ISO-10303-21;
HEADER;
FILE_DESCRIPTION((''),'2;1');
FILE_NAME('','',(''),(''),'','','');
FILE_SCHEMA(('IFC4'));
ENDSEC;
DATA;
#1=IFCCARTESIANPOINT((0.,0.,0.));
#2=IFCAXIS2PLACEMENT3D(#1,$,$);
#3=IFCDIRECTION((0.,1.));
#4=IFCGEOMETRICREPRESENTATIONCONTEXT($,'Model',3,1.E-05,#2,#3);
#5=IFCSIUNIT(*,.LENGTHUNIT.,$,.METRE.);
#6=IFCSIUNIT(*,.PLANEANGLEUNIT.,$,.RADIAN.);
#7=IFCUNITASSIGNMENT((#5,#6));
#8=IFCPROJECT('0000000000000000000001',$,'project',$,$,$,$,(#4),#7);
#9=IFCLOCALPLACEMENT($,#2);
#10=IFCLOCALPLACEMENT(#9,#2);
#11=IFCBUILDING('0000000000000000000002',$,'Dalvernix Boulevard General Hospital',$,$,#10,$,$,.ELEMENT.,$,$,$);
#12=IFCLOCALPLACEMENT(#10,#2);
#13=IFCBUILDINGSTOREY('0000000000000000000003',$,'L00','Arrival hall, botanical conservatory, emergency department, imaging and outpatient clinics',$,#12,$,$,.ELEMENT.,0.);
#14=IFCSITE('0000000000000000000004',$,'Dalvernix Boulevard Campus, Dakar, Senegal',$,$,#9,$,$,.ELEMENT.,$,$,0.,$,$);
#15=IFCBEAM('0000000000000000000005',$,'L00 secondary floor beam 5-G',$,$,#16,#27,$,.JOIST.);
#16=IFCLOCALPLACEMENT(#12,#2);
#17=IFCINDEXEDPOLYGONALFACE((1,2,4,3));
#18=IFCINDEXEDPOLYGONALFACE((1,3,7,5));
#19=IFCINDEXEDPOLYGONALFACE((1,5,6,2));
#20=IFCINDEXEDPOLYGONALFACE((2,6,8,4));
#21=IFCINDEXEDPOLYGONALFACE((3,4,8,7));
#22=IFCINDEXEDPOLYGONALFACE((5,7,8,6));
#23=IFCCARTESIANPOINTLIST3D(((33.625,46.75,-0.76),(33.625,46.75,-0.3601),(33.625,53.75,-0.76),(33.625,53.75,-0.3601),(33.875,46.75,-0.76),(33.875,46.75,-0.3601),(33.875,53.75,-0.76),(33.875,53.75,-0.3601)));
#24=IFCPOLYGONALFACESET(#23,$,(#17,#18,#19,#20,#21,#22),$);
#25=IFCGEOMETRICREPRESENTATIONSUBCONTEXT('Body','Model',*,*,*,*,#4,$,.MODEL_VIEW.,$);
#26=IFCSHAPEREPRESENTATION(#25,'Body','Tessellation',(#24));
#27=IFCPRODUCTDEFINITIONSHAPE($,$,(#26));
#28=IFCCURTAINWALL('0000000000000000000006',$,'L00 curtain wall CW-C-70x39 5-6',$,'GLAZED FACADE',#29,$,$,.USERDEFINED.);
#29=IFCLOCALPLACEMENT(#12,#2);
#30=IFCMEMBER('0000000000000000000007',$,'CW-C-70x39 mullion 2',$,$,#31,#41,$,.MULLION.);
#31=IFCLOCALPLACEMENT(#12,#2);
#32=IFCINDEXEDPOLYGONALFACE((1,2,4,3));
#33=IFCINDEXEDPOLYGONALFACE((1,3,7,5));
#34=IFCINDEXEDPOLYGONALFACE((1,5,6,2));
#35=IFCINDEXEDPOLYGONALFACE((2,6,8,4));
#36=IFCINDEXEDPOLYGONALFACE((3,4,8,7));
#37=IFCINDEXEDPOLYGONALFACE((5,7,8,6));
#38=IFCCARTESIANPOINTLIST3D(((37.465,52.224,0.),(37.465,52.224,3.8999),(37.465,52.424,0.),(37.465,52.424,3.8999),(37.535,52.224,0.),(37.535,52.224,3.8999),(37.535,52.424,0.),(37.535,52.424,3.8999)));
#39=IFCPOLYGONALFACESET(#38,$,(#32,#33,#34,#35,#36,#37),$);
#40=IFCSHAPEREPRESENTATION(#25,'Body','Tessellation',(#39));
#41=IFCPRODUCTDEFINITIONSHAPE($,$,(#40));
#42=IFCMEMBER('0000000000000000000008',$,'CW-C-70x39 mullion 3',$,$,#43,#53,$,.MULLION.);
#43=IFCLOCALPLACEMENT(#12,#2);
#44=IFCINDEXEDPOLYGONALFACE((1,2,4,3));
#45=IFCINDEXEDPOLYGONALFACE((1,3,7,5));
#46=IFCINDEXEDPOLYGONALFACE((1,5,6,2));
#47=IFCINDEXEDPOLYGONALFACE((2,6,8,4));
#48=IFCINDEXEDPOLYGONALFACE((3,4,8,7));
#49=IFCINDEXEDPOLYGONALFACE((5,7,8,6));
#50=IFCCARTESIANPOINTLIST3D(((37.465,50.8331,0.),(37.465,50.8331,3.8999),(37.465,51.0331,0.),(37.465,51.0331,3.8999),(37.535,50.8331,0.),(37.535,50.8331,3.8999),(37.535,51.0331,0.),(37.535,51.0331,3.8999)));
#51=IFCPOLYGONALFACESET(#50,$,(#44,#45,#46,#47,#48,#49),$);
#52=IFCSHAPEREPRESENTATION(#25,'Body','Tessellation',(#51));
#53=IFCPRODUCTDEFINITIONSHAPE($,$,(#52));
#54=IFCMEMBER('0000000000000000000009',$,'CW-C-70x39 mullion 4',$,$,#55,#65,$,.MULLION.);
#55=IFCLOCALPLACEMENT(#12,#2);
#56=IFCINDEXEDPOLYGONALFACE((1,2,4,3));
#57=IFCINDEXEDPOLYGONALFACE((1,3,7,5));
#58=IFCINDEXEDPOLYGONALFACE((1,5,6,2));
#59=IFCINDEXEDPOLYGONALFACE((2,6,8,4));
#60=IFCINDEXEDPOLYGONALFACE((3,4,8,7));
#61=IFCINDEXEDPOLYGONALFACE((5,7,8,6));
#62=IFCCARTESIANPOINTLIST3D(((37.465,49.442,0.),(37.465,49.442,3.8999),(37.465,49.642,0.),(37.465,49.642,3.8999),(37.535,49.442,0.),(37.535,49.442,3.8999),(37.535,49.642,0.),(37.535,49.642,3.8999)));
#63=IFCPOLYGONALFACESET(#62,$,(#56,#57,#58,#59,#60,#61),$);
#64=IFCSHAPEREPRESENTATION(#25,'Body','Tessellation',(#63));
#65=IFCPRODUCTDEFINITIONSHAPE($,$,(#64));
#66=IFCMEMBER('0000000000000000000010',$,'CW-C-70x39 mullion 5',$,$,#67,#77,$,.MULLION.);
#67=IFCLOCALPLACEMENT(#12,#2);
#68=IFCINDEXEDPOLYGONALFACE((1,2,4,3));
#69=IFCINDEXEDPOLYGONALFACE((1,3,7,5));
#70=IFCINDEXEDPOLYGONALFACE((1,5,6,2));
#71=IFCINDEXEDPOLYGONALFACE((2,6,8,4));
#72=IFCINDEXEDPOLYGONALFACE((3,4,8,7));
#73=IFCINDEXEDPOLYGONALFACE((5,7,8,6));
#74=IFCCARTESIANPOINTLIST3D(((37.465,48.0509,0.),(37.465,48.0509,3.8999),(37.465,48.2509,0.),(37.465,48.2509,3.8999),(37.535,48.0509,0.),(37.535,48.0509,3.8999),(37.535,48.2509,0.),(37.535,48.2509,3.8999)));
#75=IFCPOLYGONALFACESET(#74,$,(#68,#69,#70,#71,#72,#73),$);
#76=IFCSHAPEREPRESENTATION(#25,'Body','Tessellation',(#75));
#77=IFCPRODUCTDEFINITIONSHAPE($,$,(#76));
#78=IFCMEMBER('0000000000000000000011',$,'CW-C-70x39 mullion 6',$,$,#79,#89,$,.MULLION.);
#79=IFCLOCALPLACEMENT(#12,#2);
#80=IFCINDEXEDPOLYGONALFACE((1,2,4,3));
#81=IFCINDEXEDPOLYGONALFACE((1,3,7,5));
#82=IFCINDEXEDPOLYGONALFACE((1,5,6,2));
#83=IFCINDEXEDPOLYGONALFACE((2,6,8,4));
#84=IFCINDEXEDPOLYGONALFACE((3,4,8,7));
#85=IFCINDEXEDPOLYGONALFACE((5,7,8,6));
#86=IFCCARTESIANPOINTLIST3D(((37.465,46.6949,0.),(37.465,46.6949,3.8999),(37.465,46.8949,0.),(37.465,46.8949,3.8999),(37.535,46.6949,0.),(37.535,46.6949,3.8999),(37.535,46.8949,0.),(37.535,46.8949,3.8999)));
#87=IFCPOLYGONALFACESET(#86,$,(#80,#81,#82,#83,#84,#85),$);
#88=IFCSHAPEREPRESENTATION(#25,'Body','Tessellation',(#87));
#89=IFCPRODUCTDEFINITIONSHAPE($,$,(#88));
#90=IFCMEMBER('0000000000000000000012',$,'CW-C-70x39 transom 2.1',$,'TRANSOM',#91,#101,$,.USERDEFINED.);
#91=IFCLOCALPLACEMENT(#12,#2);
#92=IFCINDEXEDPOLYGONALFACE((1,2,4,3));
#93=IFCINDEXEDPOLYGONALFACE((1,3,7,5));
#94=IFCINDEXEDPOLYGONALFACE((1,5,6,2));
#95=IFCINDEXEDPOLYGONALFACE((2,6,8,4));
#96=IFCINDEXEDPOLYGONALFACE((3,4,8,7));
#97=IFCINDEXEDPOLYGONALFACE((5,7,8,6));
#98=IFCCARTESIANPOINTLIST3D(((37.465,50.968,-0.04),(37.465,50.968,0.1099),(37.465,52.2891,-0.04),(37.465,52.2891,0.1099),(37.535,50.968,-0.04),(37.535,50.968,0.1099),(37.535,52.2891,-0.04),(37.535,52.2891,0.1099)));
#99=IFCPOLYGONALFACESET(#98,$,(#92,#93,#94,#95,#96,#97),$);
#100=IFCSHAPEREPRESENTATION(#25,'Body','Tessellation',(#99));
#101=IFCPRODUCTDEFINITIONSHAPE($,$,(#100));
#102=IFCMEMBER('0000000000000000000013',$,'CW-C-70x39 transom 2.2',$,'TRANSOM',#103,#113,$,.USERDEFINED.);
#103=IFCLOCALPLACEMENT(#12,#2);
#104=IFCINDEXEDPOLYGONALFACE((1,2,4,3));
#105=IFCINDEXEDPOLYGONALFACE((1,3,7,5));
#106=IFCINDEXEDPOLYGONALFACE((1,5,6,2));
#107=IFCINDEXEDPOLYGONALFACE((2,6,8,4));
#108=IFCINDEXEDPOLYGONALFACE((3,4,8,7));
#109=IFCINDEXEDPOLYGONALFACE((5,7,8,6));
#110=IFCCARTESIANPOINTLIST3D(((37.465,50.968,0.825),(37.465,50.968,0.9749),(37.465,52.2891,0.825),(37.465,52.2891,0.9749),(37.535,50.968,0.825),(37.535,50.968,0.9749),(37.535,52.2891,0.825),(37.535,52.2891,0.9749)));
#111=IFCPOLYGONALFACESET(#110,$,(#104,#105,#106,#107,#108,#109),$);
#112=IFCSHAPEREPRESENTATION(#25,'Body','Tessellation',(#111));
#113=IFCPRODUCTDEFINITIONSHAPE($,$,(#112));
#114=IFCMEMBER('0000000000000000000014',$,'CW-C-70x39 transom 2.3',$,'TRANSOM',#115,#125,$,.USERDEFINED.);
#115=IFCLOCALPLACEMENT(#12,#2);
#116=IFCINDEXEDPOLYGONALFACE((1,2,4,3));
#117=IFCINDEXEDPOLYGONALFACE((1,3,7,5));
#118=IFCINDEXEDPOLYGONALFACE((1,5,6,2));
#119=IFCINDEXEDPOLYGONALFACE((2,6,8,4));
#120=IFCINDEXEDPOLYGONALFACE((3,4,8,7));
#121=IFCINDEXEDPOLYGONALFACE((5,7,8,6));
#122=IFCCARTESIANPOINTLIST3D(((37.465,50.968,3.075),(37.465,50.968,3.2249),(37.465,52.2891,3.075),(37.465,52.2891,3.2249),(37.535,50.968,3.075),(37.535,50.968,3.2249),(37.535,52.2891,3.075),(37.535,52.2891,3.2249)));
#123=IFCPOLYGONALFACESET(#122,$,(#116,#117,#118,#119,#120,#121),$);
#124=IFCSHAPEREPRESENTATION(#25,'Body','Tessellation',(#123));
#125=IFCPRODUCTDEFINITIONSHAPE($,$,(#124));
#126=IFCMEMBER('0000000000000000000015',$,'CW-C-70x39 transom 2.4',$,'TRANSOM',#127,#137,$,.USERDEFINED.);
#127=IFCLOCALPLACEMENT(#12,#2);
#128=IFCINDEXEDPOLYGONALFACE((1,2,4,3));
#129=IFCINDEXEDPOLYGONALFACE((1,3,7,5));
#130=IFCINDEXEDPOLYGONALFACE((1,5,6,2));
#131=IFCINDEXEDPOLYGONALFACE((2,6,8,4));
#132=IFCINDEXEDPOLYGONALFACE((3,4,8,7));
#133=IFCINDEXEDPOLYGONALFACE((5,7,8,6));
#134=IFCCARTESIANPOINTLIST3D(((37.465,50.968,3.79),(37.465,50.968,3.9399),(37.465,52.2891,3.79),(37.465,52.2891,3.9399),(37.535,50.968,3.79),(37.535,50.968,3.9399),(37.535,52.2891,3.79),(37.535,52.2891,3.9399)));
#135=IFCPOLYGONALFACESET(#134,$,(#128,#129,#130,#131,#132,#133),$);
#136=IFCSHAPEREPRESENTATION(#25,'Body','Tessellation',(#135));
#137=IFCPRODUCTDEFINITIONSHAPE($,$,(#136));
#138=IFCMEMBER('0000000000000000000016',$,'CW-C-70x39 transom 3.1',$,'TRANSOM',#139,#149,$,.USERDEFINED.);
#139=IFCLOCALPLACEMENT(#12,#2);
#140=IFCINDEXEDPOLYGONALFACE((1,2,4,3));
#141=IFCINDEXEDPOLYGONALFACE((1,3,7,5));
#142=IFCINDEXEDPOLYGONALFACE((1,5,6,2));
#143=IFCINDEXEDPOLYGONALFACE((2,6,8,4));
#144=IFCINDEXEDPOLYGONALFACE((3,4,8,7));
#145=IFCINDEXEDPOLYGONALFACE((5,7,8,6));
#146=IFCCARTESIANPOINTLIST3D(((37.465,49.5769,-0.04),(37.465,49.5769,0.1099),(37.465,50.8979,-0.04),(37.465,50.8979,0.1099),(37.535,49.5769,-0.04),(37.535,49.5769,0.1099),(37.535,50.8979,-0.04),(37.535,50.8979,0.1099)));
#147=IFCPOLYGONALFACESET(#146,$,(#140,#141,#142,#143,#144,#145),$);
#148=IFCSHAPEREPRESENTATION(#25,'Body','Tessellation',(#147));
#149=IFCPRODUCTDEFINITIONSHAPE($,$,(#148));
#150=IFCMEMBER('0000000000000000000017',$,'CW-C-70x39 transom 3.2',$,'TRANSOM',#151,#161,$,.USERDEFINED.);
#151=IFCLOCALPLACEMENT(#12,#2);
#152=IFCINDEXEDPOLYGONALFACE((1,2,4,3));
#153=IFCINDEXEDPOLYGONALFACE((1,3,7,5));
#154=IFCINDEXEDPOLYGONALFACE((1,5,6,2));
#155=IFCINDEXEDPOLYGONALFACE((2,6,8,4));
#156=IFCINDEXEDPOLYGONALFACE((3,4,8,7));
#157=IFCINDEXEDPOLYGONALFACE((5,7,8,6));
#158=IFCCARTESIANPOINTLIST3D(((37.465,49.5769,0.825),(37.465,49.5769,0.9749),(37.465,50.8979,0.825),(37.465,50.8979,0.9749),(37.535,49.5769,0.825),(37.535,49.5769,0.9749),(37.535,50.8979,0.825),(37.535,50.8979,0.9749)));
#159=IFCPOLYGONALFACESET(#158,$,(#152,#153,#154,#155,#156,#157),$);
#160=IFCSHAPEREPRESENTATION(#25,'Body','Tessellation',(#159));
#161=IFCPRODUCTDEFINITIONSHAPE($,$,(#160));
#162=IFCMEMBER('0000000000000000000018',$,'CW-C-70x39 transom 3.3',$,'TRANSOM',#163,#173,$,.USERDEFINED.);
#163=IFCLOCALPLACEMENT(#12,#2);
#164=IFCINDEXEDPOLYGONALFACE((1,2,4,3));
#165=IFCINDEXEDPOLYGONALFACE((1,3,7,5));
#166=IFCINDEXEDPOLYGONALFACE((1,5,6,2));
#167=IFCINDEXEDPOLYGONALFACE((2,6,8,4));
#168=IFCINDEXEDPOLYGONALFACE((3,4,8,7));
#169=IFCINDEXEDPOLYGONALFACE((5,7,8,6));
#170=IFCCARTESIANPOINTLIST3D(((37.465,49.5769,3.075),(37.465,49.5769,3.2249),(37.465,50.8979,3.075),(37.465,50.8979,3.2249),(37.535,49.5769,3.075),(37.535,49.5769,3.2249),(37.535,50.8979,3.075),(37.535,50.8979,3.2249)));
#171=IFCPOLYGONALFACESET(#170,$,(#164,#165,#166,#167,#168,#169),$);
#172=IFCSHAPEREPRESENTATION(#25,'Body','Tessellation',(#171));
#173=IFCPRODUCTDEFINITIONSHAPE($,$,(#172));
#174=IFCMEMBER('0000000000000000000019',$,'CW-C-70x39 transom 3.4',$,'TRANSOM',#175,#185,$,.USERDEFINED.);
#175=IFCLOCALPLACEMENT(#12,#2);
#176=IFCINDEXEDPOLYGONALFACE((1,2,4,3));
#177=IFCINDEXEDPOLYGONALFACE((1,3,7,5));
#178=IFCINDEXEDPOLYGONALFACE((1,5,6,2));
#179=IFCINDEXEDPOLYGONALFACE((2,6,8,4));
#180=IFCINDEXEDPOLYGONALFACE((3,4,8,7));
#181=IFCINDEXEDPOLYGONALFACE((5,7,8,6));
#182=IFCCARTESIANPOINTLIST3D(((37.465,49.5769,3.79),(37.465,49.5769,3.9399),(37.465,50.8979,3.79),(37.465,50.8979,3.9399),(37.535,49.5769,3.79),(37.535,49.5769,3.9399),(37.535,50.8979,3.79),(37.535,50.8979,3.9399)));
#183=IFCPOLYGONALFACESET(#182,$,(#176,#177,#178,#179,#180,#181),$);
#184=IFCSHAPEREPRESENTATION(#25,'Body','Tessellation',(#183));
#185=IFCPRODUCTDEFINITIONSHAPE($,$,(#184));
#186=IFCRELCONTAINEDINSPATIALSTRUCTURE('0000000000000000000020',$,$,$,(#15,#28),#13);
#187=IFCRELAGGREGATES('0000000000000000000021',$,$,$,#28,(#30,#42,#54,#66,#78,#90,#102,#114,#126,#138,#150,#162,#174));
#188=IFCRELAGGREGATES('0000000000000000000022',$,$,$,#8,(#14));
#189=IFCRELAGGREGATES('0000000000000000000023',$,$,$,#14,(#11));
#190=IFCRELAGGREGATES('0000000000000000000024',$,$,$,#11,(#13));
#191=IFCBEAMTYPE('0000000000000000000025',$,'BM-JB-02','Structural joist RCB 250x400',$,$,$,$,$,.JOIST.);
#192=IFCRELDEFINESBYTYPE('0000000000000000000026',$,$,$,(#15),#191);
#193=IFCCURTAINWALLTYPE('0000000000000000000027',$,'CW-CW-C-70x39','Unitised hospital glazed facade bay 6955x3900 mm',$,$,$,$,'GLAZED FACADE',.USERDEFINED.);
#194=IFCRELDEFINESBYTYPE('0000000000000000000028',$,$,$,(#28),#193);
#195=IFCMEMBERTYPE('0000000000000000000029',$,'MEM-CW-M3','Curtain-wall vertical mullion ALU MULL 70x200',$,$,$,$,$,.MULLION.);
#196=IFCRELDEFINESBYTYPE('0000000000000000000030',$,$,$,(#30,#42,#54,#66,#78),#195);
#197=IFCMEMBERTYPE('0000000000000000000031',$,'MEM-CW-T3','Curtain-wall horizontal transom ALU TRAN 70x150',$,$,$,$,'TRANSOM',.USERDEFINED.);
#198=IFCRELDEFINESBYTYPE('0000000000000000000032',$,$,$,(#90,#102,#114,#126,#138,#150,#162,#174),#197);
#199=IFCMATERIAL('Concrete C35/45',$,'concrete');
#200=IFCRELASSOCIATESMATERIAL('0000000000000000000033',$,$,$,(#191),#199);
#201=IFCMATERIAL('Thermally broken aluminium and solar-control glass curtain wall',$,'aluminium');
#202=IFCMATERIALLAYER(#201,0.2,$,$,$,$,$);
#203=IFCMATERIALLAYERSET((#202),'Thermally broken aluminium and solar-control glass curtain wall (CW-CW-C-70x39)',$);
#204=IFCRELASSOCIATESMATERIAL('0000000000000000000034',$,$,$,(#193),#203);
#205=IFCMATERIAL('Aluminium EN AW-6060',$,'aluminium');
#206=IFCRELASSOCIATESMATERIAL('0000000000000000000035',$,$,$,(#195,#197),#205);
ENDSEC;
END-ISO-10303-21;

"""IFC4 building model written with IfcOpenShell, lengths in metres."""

from ifc_helpers import new_model, si_unit, direction, frame, origin, origin_2d, place, context, subcontext, project, spatial, rectangle, extrude, material, layer, layer_set, material_profile, profile_set, type_object, element, aggregate, save


model = new_model("IFC4")

# Units and contexts
model_context = context("Model", 3, precision=1e-05, world=origin(), true_north=direction((0.0, 1.0)))
body_context = subcontext(model_context, "Body", "Model", "MODEL_VIEW")
ifc_project = project(units=[si_unit("LENGTHUNIT", "METRE"), si_unit("PLANEANGLEUNIT", "RADIAN")], contexts=[model_context])

# Site, building, storey
site_placement = place(None, origin())
site = spatial("IfcSite", under=ifc_project, at=site_placement, Name="Dalvernix Boulevard Campus, Dakar, Senegal", CompositionType="ELEMENT", RefElevation=0.0)
building_placement = place(site_placement, origin())
building = spatial("IfcBuilding", under=site, at=building_placement, Name="Dalvernix Boulevard General Hospital", CompositionType="ELEMENT")
storey_placement = place(building_placement, origin())
storey = spatial("IfcBuildingStorey", under=building, at=storey_placement, Name="L00", Description="Arrival hall, botanical conservatory, emergency department, imaging and outpatient clinics", CompositionType="ELEMENT", Elevation=0.0)

# Beam
ifc_material_1 = material(Name="Concrete C35/45", Category="concrete")
ifc_material_profile_1 = material_profile(ifc_material_1, rectangle(XDim=0.25, YDim=0.3999, at=origin_2d()), Name="RCB 250x400")
ifc_profile_set_1 = profile_set([ifc_material_profile_1], Name="Concrete C35/45")
beam_type = type_object("IfcBeamType", Name="BM-JB-02", Description="Structural joist RCB 250x400", PredefinedType="JOIST", material=ifc_profile_set_1)
beam_placement = place(storey_placement, frame((33.75, 46.75, -0.5601), z_axis=(0.0, 1.0, 0.0), x_axis=(-1.0, 0.0, 0.0)))
element("IfcBeam", 1, at=beam_placement, inside=storey, type_object=beam_type, Name="L00 secondary floor beam 5-G", PredefinedType="JOIST", context=body_context, shape_type="SweptSolid", body=[
    extrude(rectangle(XDim=0.25, YDim=0.3999, at=origin_2d()), origin(), (0.0, 0.0, 1.0), 7.0),
])

# Curtain wall, members
ifc_material_2 = material(Name="Thermally broken aluminium and solar-control glass curtain wall", Category="aluminium")
ifc_layer_1 = layer(ifc_material_2, 0.2)
ifc_layer_set_1 = layer_set([ifc_layer_1], Name="Thermally broken aluminium and solar-control glass curtain wall (CW-CW-C-70x39)")
curtain_wall_type = type_object("IfcCurtainWallType", Name="CW-CW-C-70x39", Description="Unitised hospital glazed facade bay 6955x3900 mm", ElementType="GLAZED FACADE", PredefinedType="USERDEFINED", material=ifc_layer_set_1)
curtain_wall_placement = place(storey_placement, origin())
curtain_wall = element("IfcCurtainWall", 2, at=curtain_wall_placement, inside=storey, type_object=curtain_wall_type, Name="L00 curtain wall CW-C-70x39 5-6", ObjectType="GLAZED FACADE", PredefinedType="USERDEFINED")
ifc_material_3 = material(Name="Aluminium EN AW-6060", Category="aluminium")
ifc_material_profile_2 = material_profile(ifc_material_3, rectangle(XDim=0.0701, YDim=0.2, at=origin_2d()), Name="ALU MULL 70x200")
ifc_profile_set_2 = profile_set([ifc_material_profile_2], Name="Aluminium EN AW-6060")
member_type_1 = type_object("IfcMemberType", Name="MEM-CW-M3", Description="Curtain-wall vertical mullion ALU MULL 70x200", PredefinedType="MULLION", material=ifc_profile_set_2)
member_1_placement = place(storey_placement, frame((37.5, 52.324, 0.0), z_axis=(0.0, 0.0, 1.0), x_axis=(1.0, 0.0, 0.0)))
member_1 = element("IfcMember", 3, at=member_1_placement, type_object=member_type_1, Name="CW-C-70x39 mullion 2", PredefinedType="MULLION", context=body_context, shape_type="SweptSolid", body=[
    extrude(rectangle(XDim=0.0701, YDim=0.2, at=origin_2d()), origin(), (0.0, 0.0, 1.0), 3.8999),
])
member_2_placement = place(storey_placement, frame((37.5, 50.9331, 0.0), z_axis=(0.0, 0.0, 1.0), x_axis=(1.0, 0.0, 0.0)))
member_2 = element("IfcMember", 4, at=member_2_placement, type_object=member_type_1, Name="CW-C-70x39 mullion 3", PredefinedType="MULLION", context=body_context, shape_type="SweptSolid", body=[
    extrude(rectangle(XDim=0.0701, YDim=0.2, at=origin_2d()), origin(), (0.0, 0.0, 1.0), 3.8999),
])
member_3_placement = place(storey_placement, frame((37.5, 49.542, 0.0), z_axis=(0.0, 0.0, 1.0), x_axis=(1.0, 0.0, 0.0)))
member_3 = element("IfcMember", 5, at=member_3_placement, type_object=member_type_1, Name="CW-C-70x39 mullion 4", PredefinedType="MULLION", context=body_context, shape_type="SweptSolid", body=[
    extrude(rectangle(XDim=0.0701, YDim=0.2, at=origin_2d()), origin(), (0.0, 0.0, 1.0), 3.8999),
])
member_4_placement = place(storey_placement, frame((37.5, 48.1509, 0.0), z_axis=(0.0, 0.0, 1.0), x_axis=(1.0, 0.0, 0.0)))
member_4 = element("IfcMember", 6, at=member_4_placement, type_object=member_type_1, Name="CW-C-70x39 mullion 5", PredefinedType="MULLION", context=body_context, shape_type="SweptSolid", body=[
    extrude(rectangle(XDim=0.0701, YDim=0.2, at=origin_2d()), origin(), (0.0, 0.0, 1.0), 3.8999),
])
member_5_placement = place(storey_placement, frame((37.5, 46.7949, 0.0), z_axis=(0.0, 0.0, 1.0), x_axis=(1.0, 0.0, 0.0)))
member_5 = element("IfcMember", 7, at=member_5_placement, type_object=member_type_1, Name="CW-C-70x39 mullion 6", PredefinedType="MULLION", context=body_context, shape_type="SweptSolid", body=[
    extrude(rectangle(XDim=0.0701, YDim=0.2, at=origin_2d()), origin(), (0.0, 0.0, 1.0), 3.8999),
])
ifc_material_profile_3 = material_profile(ifc_material_3, rectangle(XDim=0.0701, YDim=0.1499, at=origin_2d()), Name="ALU TRAN 70x150")
ifc_profile_set_3 = profile_set([ifc_material_profile_3], Name="Aluminium EN AW-6060")
member_type_2 = type_object("IfcMemberType", Name="MEM-CW-T3", Description="Curtain-wall horizontal transom ALU TRAN 70x150", ElementType="TRANSOM", PredefinedType="USERDEFINED", material=ifc_profile_set_3)
member_6_placement = place(storey_placement, frame((37.5, 52.2891, 0.0349), z_axis=(0.0, -1.0, 0.0), x_axis=(1.0, 0.0, 0.0)))
member_6 = element("IfcMember", 8, at=member_6_placement, type_object=member_type_2, Name="CW-C-70x39 transom 2.1", ObjectType="TRANSOM", PredefinedType="USERDEFINED", context=body_context, shape_type="SweptSolid", body=[
    extrude(rectangle(XDim=0.0701, YDim=0.1499, at=origin_2d()), origin(), (0.0, 0.0, 1.0), 1.321),
])
member_7_placement = place(storey_placement, frame((37.5, 52.2891, 0.8999), z_axis=(0.0, -1.0, 0.0), x_axis=(1.0, 0.0, 0.0)))
member_7 = element("IfcMember", 9, at=member_7_placement, type_object=member_type_2, Name="CW-C-70x39 transom 2.2", ObjectType="TRANSOM", PredefinedType="USERDEFINED", context=body_context, shape_type="SweptSolid", body=[
    extrude(rectangle(XDim=0.0701, YDim=0.1499, at=origin_2d()), origin(), (0.0, 0.0, 1.0), 1.321),
])
member_8_placement = place(storey_placement, frame((37.5, 52.2891, 3.1499), z_axis=(0.0, -1.0, 0.0), x_axis=(1.0, 0.0, 0.0)))
member_8 = element("IfcMember", 10, at=member_8_placement, type_object=member_type_2, Name="CW-C-70x39 transom 2.3", ObjectType="TRANSOM", PredefinedType="USERDEFINED", context=body_context, shape_type="SweptSolid", body=[
    extrude(rectangle(XDim=0.0701, YDim=0.1499, at=origin_2d()), origin(), (0.0, 0.0, 1.0), 1.321),
])
member_9_placement = place(storey_placement, frame((37.5, 52.2891, 3.865), z_axis=(0.0, -1.0, 0.0), x_axis=(1.0, 0.0, 0.0)))
member_9 = element("IfcMember", 11, at=member_9_placement, type_object=member_type_2, Name="CW-C-70x39 transom 2.4", ObjectType="TRANSOM", PredefinedType="USERDEFINED", context=body_context, shape_type="SweptSolid", body=[
    extrude(rectangle(XDim=0.0701, YDim=0.1499, at=origin_2d()), origin(), (0.0, 0.0, 1.0), 1.321),
])
member_10_placement = place(storey_placement, frame((37.5, 50.8979, 0.0349), z_axis=(0.0, -1.0, 0.0), x_axis=(1.0, 0.0, 0.0)))
member_10 = element("IfcMember", 12, at=member_10_placement, type_object=member_type_2, Name="CW-C-70x39 transom 3.1", ObjectType="TRANSOM", PredefinedType="USERDEFINED", context=body_context, shape_type="SweptSolid", body=[
    extrude(rectangle(XDim=0.0701, YDim=0.1499, at=origin_2d()), origin(), (0.0, 0.0, 1.0), 1.321),
])
member_11_placement = place(storey_placement, frame((37.5, 50.8979, 0.8999), z_axis=(0.0, -1.0, 0.0), x_axis=(1.0, 0.0, 0.0)))
member_11 = element("IfcMember", 13, at=member_11_placement, type_object=member_type_2, Name="CW-C-70x39 transom 3.2", ObjectType="TRANSOM", PredefinedType="USERDEFINED", context=body_context, shape_type="SweptSolid", body=[
    extrude(rectangle(XDim=0.0701, YDim=0.1499, at=origin_2d()), origin(), (0.0, 0.0, 1.0), 1.321),
])
member_12_placement = place(storey_placement, frame((37.5, 50.8979, 3.1499), z_axis=(0.0, -1.0, 0.0), x_axis=(1.0, 0.0, 0.0)))
member_12 = element("IfcMember", 14, at=member_12_placement, type_object=member_type_2, Name="CW-C-70x39 transom 3.3", ObjectType="TRANSOM", PredefinedType="USERDEFINED", context=body_context, shape_type="SweptSolid", body=[
    extrude(rectangle(XDim=0.0701, YDim=0.1499, at=origin_2d()), origin(), (0.0, 0.0, 1.0), 1.321),
])
member_13_placement = place(storey_placement, frame((37.5, 50.8979, 3.865), z_axis=(0.0, -1.0, 0.0), x_axis=(1.0, 0.0, 0.0)))
member_13 = element("IfcMember", 15, at=member_13_placement, type_object=member_type_2, Name="CW-C-70x39 transom 3.4", ObjectType="TRANSOM", PredefinedType="USERDEFINED", context=body_context, shape_type="SweptSolid", body=[
    extrude(rectangle(XDim=0.0701, YDim=0.1499, at=origin_2d()), origin(), (0.0, 0.0, 1.0), 1.321),
])
aggregate(curtain_wall, [member_1, member_2, member_3, member_4, member_5, member_6, member_7, member_8, member_9, member_10, member_11, member_12, member_13])

save(model, "model.ifc")
